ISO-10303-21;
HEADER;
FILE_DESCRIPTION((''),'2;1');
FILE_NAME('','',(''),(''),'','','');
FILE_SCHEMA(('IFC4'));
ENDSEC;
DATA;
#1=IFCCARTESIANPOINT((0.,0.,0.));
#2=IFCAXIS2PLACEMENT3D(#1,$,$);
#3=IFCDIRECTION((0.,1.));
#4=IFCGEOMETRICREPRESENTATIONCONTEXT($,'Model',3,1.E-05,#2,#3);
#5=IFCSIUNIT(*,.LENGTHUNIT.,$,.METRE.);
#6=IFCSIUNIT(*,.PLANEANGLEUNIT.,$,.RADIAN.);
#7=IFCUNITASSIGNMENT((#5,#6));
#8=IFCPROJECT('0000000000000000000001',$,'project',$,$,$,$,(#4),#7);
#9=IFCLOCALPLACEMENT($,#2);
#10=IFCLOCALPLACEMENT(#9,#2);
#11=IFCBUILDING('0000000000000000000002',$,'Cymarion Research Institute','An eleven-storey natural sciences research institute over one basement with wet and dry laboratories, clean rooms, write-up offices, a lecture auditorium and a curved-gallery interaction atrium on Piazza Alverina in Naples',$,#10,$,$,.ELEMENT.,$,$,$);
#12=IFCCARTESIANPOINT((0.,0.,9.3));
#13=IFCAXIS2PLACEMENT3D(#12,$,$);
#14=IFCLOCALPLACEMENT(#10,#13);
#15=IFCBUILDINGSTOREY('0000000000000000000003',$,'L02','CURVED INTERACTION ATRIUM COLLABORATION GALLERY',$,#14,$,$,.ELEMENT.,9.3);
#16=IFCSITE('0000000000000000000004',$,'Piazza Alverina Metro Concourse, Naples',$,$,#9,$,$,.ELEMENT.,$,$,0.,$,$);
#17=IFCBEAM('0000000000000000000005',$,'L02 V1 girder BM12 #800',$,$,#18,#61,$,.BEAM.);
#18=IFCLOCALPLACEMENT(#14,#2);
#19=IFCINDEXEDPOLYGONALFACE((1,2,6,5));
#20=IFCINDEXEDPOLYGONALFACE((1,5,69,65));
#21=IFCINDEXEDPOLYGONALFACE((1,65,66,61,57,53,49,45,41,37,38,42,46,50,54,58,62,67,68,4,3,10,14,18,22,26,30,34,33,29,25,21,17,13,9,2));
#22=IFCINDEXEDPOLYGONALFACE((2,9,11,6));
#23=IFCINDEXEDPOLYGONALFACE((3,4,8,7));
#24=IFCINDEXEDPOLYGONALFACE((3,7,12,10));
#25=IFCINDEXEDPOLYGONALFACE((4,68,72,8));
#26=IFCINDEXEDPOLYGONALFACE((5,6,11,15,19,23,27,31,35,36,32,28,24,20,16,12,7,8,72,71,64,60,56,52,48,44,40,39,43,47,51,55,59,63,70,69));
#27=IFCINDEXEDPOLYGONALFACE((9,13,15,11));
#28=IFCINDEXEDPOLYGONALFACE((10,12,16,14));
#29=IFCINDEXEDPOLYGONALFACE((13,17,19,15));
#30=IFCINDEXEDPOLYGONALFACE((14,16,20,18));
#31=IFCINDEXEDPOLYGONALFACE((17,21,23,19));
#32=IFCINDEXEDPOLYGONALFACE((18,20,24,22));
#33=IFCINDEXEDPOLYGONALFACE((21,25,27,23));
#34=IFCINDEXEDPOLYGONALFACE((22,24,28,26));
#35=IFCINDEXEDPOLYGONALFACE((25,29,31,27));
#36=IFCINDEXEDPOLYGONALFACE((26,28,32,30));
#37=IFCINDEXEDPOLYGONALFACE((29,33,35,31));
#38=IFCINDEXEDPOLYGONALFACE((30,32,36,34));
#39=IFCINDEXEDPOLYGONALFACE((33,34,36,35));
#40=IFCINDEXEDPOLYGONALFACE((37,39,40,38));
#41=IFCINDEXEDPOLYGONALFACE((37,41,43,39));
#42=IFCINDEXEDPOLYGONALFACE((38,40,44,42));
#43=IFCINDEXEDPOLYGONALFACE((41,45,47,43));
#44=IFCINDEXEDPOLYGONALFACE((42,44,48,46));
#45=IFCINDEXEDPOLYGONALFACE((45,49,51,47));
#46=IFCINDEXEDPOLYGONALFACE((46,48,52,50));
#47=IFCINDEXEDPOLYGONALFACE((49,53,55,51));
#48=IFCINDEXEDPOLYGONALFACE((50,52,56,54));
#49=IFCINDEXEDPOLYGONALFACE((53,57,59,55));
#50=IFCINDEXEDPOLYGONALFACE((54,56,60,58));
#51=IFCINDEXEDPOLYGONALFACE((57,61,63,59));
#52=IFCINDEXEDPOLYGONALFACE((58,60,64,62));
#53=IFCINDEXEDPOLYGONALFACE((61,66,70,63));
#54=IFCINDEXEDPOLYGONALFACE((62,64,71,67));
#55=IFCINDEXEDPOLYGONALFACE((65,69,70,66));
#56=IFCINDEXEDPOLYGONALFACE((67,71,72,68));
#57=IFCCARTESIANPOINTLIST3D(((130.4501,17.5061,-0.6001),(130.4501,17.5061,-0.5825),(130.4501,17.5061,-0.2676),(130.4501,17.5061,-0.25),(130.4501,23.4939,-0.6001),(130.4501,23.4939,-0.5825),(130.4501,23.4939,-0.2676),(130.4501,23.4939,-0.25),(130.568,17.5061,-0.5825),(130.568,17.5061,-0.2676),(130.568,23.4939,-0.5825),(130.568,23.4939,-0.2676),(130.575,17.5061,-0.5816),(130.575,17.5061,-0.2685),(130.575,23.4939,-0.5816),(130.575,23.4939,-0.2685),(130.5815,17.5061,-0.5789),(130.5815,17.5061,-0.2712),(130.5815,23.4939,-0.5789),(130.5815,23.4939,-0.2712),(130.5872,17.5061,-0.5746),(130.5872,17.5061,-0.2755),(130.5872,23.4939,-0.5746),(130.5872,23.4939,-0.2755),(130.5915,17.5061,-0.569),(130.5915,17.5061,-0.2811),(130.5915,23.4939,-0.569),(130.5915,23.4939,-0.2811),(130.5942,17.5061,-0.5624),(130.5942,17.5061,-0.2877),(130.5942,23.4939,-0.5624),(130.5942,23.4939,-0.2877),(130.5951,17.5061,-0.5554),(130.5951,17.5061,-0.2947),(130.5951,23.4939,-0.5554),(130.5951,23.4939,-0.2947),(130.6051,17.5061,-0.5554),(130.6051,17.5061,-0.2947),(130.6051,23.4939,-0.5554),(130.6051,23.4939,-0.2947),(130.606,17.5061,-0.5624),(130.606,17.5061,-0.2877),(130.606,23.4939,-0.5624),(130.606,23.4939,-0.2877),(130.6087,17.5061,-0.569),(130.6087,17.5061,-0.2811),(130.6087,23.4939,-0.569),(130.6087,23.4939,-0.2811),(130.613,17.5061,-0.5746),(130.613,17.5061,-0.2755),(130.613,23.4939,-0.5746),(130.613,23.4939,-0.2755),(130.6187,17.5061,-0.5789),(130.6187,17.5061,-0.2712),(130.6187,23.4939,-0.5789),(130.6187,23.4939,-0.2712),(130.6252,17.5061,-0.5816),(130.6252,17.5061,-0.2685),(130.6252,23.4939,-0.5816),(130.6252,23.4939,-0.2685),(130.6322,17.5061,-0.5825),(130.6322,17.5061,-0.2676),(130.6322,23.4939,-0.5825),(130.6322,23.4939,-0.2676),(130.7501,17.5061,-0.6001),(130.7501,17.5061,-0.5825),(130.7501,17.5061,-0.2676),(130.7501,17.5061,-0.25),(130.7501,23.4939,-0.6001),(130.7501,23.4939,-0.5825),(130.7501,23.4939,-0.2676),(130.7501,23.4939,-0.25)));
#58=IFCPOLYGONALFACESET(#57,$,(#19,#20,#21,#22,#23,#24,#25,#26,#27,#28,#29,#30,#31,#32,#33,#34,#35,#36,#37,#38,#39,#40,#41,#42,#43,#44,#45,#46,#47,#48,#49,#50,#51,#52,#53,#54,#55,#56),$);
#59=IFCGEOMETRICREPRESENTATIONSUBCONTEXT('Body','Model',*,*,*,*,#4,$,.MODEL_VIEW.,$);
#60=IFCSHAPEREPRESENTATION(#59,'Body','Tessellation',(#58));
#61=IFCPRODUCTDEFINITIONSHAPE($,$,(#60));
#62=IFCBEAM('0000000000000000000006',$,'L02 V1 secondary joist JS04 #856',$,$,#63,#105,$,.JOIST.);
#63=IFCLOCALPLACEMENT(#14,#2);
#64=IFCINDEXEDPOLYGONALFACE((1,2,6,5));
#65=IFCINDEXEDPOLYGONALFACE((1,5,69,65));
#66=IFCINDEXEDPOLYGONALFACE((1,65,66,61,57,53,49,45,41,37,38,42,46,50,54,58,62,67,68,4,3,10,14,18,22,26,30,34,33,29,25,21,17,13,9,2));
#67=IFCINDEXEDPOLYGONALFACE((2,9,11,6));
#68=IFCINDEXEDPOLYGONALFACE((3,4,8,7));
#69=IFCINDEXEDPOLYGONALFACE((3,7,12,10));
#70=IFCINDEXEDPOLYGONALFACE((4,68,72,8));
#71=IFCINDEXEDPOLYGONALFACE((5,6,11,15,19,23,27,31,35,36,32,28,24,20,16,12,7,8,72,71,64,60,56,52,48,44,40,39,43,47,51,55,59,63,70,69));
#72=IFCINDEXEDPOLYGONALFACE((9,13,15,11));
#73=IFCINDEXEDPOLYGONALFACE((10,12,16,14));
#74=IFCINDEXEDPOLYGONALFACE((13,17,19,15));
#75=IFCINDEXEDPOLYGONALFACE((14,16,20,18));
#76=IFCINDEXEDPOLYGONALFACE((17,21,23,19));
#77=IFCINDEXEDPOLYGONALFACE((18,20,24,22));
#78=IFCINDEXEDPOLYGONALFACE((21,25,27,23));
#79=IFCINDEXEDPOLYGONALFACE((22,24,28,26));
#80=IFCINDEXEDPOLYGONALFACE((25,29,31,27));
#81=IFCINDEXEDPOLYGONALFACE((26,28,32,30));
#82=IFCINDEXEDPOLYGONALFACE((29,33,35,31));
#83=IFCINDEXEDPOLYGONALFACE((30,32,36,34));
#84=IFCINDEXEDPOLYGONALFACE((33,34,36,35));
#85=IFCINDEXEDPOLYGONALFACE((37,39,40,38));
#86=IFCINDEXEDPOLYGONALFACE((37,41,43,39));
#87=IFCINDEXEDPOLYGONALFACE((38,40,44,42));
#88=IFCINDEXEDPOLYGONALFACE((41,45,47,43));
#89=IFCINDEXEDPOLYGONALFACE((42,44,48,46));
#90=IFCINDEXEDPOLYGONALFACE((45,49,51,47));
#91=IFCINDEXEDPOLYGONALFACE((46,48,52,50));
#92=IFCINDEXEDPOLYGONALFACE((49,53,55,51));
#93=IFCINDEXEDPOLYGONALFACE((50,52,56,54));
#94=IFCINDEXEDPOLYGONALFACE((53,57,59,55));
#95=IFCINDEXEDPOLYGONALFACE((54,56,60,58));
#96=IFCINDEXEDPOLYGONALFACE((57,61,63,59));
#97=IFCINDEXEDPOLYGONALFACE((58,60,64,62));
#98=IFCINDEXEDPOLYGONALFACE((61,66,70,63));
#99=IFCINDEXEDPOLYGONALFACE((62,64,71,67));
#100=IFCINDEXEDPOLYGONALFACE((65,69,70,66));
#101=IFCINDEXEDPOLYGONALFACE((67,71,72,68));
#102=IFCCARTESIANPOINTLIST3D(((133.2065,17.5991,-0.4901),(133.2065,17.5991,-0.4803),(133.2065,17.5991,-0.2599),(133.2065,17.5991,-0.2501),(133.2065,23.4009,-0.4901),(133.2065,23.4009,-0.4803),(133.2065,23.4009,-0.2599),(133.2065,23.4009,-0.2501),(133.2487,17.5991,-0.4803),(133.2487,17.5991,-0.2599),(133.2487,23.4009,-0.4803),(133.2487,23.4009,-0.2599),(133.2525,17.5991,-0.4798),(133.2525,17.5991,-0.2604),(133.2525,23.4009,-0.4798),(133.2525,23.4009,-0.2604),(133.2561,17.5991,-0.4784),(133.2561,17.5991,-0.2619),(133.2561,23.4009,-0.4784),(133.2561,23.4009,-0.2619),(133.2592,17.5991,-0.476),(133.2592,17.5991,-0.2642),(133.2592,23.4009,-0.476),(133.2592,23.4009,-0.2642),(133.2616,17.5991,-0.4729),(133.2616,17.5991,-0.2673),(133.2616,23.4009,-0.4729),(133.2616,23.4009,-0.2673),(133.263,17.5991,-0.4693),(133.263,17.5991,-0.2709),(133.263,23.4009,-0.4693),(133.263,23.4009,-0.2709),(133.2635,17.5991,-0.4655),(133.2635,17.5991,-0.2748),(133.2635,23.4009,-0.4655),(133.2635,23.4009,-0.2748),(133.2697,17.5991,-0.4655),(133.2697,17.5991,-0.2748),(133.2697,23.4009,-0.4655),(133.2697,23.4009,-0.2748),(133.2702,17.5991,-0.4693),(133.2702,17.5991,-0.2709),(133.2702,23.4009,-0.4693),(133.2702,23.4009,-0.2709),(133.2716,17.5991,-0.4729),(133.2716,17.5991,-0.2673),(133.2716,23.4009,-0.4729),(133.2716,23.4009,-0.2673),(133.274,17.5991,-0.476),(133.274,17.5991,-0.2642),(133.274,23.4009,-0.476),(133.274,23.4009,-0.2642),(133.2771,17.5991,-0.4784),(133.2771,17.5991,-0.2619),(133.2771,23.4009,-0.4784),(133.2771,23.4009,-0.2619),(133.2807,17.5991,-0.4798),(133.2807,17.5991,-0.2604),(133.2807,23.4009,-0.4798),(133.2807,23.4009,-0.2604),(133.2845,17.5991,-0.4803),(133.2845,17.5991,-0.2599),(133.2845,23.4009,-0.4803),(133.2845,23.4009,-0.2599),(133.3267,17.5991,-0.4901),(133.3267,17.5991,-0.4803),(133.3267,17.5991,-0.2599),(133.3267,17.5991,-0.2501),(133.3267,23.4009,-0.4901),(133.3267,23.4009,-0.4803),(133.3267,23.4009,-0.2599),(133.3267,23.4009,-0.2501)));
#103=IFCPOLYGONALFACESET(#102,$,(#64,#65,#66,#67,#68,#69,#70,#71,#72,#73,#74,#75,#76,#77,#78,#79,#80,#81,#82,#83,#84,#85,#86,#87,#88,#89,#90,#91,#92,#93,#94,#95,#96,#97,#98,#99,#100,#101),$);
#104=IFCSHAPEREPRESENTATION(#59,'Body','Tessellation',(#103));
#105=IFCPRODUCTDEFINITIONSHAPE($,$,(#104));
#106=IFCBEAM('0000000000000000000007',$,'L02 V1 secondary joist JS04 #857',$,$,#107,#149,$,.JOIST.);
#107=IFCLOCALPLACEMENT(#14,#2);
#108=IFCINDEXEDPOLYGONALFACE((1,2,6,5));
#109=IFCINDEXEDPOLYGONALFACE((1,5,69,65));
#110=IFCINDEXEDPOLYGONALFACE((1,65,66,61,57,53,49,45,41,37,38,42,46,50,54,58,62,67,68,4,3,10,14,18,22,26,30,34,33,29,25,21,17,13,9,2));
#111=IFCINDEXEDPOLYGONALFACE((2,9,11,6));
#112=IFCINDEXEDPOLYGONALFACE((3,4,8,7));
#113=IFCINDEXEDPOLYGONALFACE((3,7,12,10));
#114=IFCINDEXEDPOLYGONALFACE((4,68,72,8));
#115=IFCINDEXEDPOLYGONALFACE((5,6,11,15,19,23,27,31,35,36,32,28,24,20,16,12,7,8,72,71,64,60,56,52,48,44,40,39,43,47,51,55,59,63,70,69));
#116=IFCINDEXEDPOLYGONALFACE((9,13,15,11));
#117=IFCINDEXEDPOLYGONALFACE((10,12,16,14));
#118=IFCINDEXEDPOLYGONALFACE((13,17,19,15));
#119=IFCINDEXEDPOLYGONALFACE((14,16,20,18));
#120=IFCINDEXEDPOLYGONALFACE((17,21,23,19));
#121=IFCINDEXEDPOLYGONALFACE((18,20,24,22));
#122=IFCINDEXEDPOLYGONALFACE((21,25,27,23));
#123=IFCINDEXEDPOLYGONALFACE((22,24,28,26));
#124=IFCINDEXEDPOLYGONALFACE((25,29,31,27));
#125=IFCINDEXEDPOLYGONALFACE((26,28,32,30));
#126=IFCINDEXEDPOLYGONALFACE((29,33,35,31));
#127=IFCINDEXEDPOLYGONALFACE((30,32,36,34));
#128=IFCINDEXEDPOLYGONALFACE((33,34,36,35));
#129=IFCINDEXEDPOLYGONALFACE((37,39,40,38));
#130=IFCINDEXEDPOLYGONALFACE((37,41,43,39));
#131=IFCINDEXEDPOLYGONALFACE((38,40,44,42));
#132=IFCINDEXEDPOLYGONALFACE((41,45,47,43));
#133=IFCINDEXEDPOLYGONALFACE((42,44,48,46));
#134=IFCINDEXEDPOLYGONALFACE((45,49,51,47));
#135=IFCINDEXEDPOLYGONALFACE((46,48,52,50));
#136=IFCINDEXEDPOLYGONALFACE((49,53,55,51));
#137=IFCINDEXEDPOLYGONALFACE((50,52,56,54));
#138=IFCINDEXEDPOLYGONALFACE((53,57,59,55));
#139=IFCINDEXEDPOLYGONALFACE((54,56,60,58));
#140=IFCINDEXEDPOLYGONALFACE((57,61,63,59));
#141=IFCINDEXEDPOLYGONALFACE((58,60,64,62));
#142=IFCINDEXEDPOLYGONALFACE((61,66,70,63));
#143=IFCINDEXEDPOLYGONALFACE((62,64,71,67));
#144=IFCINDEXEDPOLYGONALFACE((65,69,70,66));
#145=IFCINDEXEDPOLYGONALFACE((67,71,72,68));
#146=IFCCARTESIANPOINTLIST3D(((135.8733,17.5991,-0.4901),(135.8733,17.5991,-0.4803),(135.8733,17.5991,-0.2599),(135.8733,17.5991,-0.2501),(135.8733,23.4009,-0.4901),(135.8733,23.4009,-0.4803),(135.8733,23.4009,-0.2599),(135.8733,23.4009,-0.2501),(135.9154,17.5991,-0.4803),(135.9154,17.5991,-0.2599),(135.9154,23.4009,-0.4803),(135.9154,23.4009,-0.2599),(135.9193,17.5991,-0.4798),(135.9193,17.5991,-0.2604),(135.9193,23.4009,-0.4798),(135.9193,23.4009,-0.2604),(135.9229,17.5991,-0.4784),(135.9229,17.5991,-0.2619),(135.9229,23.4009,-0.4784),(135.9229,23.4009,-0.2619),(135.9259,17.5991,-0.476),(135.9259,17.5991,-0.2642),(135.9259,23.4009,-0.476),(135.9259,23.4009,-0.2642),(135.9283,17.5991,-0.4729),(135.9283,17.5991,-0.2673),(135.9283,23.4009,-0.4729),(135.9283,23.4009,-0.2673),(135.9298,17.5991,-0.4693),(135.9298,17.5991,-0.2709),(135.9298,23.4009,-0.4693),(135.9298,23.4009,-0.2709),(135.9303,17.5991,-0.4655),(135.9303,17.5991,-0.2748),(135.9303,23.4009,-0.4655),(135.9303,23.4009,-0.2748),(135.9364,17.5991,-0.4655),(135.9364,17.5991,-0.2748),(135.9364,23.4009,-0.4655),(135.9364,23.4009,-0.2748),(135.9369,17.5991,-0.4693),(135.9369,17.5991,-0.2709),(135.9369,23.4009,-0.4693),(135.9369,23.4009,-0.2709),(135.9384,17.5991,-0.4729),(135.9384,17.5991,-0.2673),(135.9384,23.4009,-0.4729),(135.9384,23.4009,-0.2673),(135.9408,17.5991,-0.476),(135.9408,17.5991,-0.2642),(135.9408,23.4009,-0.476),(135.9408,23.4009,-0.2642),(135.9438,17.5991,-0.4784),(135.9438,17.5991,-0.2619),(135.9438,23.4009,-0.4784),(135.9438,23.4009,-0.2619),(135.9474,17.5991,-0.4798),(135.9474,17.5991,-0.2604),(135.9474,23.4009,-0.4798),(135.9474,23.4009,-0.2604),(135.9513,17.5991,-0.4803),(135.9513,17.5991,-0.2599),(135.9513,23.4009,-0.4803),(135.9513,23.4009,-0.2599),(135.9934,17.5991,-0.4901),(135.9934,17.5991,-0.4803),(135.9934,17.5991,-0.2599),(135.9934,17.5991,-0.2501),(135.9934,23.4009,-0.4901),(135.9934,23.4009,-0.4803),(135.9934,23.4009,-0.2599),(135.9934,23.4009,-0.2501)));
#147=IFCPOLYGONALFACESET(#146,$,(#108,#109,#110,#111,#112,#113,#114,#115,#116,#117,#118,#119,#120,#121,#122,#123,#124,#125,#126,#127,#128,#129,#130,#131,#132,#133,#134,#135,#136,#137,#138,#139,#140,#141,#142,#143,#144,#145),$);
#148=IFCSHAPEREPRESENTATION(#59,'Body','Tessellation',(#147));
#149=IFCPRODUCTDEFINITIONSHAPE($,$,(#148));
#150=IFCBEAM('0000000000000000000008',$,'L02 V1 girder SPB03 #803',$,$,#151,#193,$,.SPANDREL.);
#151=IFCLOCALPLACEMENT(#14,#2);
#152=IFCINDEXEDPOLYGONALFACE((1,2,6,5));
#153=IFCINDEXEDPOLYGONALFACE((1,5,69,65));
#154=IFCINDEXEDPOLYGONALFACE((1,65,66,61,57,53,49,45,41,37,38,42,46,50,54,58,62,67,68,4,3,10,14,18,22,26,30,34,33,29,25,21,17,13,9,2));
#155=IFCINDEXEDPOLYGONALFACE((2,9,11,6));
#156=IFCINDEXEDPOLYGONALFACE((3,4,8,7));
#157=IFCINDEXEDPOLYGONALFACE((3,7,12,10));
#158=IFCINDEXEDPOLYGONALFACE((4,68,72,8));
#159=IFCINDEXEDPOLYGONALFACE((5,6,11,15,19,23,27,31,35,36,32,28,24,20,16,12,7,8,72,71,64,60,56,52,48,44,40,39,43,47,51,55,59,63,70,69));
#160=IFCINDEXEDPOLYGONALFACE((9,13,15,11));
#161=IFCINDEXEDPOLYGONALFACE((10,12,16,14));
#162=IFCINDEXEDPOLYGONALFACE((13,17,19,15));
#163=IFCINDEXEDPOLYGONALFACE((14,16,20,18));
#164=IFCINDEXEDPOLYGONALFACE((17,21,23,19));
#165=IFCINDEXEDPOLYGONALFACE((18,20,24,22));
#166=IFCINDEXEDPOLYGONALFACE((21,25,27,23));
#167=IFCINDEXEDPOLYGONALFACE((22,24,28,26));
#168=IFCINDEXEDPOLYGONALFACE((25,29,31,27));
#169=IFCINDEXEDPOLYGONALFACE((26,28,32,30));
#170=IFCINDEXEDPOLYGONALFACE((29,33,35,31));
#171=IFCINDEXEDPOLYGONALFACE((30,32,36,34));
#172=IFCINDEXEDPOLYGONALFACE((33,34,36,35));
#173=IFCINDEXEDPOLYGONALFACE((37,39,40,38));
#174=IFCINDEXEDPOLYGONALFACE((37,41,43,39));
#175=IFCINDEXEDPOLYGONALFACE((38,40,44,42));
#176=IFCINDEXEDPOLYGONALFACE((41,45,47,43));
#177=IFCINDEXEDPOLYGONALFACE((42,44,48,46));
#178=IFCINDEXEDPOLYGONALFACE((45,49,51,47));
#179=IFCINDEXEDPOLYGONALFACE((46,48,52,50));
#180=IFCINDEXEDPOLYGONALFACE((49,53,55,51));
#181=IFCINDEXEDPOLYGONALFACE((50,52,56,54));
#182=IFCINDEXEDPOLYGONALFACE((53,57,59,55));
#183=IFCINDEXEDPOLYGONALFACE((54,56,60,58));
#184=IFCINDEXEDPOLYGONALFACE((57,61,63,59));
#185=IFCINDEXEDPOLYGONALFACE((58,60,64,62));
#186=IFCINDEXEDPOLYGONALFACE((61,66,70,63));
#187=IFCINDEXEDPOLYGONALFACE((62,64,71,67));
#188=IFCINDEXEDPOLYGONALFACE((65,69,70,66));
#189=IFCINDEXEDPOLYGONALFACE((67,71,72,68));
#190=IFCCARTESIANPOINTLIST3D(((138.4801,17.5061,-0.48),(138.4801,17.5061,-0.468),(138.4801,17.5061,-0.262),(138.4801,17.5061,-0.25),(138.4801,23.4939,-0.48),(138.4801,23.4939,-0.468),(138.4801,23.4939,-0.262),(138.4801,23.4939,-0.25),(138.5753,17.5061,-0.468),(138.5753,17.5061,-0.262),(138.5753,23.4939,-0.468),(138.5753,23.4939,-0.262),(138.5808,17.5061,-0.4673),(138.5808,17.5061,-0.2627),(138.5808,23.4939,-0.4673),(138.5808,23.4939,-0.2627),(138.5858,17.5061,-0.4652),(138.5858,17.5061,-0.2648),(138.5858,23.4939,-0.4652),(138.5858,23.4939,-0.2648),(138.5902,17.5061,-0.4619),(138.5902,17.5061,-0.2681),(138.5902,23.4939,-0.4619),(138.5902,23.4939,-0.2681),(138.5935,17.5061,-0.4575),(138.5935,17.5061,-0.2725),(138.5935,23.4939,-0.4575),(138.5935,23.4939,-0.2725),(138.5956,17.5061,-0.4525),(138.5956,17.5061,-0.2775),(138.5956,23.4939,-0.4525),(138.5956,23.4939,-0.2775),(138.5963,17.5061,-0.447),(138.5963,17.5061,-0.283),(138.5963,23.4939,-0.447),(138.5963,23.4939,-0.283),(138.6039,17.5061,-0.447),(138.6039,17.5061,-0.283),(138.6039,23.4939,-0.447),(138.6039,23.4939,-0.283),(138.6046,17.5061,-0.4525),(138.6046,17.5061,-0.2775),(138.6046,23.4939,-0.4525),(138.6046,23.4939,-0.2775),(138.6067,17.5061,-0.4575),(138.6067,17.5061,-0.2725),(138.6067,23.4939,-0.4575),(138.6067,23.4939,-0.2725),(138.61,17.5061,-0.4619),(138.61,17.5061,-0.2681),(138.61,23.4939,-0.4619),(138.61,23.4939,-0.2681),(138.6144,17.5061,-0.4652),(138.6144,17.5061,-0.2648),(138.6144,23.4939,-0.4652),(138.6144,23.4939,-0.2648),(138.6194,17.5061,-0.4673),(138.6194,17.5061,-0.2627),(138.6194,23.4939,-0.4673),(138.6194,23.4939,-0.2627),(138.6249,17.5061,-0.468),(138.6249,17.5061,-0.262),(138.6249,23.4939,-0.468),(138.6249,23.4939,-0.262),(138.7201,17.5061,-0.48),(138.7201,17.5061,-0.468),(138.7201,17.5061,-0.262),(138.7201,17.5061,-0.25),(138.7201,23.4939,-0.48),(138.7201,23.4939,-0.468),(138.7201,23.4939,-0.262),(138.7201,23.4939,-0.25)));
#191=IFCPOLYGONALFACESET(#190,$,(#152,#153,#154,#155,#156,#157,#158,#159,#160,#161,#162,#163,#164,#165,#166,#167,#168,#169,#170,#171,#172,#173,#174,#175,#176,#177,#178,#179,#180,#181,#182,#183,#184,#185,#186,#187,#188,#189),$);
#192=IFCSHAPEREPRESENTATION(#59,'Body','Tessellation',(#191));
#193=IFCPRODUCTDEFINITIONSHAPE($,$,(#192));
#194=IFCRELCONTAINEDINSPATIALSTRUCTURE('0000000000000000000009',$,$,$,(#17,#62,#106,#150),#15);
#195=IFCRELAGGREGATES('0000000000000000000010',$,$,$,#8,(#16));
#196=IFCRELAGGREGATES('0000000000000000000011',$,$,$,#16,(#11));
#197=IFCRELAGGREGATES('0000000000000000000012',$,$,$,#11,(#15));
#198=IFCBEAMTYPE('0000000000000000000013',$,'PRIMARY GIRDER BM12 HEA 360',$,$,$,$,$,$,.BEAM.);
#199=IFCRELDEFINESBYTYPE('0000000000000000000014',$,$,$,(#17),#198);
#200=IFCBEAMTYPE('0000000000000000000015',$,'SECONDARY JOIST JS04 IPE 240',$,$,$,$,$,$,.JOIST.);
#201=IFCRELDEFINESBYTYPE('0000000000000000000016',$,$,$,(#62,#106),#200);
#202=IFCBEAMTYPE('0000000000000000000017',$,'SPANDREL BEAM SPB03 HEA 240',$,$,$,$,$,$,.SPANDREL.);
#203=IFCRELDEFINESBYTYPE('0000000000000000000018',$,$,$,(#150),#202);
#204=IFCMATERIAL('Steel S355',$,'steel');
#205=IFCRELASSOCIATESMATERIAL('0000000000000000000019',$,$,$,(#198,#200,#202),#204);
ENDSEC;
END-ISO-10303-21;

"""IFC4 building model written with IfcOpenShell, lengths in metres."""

from ifc_helpers import new_model, si_unit, direction, frame, origin, origin_2d, place, context, subcontext, project, spatial, i_section, extrude, material, material_profile, profile_set, type_object, element, save


model = new_model("IFC4")

# Units and contexts
model_context = context("Model", 3, precision=1e-05, world=origin(), true_north=direction((0.0, 1.0)))
body_context = subcontext(model_context, "Body", "Model", "MODEL_VIEW")
ifc_project = project(units=[si_unit("LENGTHUNIT", "METRE"), si_unit("PLANEANGLEUNIT", "RADIAN")], contexts=[model_context])

# Site, building, storey
site_placement = place(None, origin())
site = spatial("IfcSite", under=ifc_project, at=site_placement, Name="Piazza Alverina Metro Concourse, Naples", CompositionType="ELEMENT", RefElevation=0.0)
building_placement = place(site_placement, origin())
building = spatial("IfcBuilding", under=site, at=building_placement, Name="Cymarion Research Institute", Description="An eleven-storey natural sciences research institute over one basement with wet and dry laboratories, clean rooms, write-up offices, a lecture auditorium and a curved-gallery interaction atrium on Piazza Alverina in Naples", CompositionType="ELEMENT")
storey_placement = place(building_placement, frame((0.0, 0.0, 9.3)))
storey = spatial("IfcBuildingStorey", under=building, at=storey_placement, Name="L02", Description="CURVED INTERACTION ATRIUM COLLABORATION GALLERY", CompositionType="ELEMENT", Elevation=9.3)

# Shared definitions
ifc_material_1 = material(Name="Steel S355", Category="steel")

# Beams
ifc_material_profile_1 = material_profile(ifc_material_1, i_section(OverallWidth=0.3, OverallDepth=0.3501, WebThickness=0.01, FlangeThickness=0.0176, FilletRadius=0.0271, at=origin_2d()), Name="HEA 360")
ifc_profile_set_1 = profile_set([ifc_material_profile_1], Name="Steel S355")
beam_type_1 = type_object("IfcBeamType", Name="PRIMARY GIRDER BM12 HEA 360", PredefinedType="BEAM", material=ifc_profile_set_1)
beam_placement = place(storey_placement, frame((130.6001, 17.5061, -0.425), z_axis=(0.0, 1.0, 0.0), x_axis=(-1.0, 0.0, 0.0)))
element("IfcBeam", 1, at=beam_placement, inside=storey, type_object=beam_type_1, Name="L02 V1 girder BM12 #800", PredefinedType="BEAM", context=body_context, shape_type="SweptSolid", body=[
    extrude(i_section(OverallWidth=0.3, OverallDepth=0.3501, WebThickness=0.01, FlangeThickness=0.0176, FilletRadius=0.0271, at=origin_2d()), origin(), (0.0, 0.0, 1.0), 5.9878),
])
ifc_material_profile_2 = material_profile(ifc_material_1, i_section(OverallWidth=0.1201, OverallDepth=0.24, WebThickness=0.0061, FlangeThickness=0.0098, FilletRadius=0.0149, at=origin_2d()), Name="IPE 240")
ifc_profile_set_2 = profile_set([ifc_material_profile_2], Name="Steel S355")
beam_type_2 = type_object("IfcBeamType", Name="SECONDARY JOIST JS04 IPE 240", PredefinedType="JOIST", material=ifc_profile_set_2)
for number, where, z_axis, x_axis, name in (
    (2, (133.2666, 17.5991, -0.3701), (0.0, 1.0, 0.0), (-1.0, 0.0, 0.0), "L02 V1 secondary joist JS04 #856"),
    (3, (135.9333, 17.5991, -0.3701), (0.0, 1.0, 0.0), (-1.0, 0.0, 0.0), "L02 V1 secondary joist JS04 #857"),
):
    element("IfcBeam", number, at=place(storey_placement, frame(where, z_axis=z_axis, x_axis=x_axis)), inside=storey, type_object=beam_type_2, Name=name, PredefinedType="JOIST", context=body_context, shape_type="SweptSolid", body=[
        extrude(i_section(OverallWidth=0.1201, OverallDepth=0.24, WebThickness=0.0061, FlangeThickness=0.0098, FilletRadius=0.0149, at=origin_2d()), origin(), (0.0, 0.0, 1.0), 5.8018),
    ])
ifc_material_profile_3 = material_profile(ifc_material_1, i_section(OverallWidth=0.24, OverallDepth=0.23, WebThickness=0.0076, FlangeThickness=0.012, FilletRadius=0.021, at=origin_2d()), Name="HEA 240")
ifc_profile_set_3 = profile_set([ifc_material_profile_3], Name="Steel S355")
beam_type_3 = type_object("IfcBeamType", Name="SPANDREL BEAM SPB03 HEA 240", PredefinedType="SPANDREL", material=ifc_profile_set_3)
for number, where, z_axis, x_axis, name in (
    (4, (138.6001, 17.5061, -0.365), (0.0, 1.0, 0.0), (-1.0, 0.0, 0.0), "L02 V1 girder SPB03 #803"),
):
    element("IfcBeam", number, at=place(storey_placement, frame(where, z_axis=z_axis, x_axis=x_axis)), inside=storey, type_object=beam_type_3, Name=name, PredefinedType="SPANDREL", context=body_context, shape_type="SweptSolid", body=[
        extrude(i_section(OverallWidth=0.24, OverallDepth=0.23, WebThickness=0.0076, FlangeThickness=0.012, FilletRadius=0.021, at=origin_2d()), origin(), (0.0, 0.0, 1.0), 5.9878),
    ])

save(model, "model.ifc")
